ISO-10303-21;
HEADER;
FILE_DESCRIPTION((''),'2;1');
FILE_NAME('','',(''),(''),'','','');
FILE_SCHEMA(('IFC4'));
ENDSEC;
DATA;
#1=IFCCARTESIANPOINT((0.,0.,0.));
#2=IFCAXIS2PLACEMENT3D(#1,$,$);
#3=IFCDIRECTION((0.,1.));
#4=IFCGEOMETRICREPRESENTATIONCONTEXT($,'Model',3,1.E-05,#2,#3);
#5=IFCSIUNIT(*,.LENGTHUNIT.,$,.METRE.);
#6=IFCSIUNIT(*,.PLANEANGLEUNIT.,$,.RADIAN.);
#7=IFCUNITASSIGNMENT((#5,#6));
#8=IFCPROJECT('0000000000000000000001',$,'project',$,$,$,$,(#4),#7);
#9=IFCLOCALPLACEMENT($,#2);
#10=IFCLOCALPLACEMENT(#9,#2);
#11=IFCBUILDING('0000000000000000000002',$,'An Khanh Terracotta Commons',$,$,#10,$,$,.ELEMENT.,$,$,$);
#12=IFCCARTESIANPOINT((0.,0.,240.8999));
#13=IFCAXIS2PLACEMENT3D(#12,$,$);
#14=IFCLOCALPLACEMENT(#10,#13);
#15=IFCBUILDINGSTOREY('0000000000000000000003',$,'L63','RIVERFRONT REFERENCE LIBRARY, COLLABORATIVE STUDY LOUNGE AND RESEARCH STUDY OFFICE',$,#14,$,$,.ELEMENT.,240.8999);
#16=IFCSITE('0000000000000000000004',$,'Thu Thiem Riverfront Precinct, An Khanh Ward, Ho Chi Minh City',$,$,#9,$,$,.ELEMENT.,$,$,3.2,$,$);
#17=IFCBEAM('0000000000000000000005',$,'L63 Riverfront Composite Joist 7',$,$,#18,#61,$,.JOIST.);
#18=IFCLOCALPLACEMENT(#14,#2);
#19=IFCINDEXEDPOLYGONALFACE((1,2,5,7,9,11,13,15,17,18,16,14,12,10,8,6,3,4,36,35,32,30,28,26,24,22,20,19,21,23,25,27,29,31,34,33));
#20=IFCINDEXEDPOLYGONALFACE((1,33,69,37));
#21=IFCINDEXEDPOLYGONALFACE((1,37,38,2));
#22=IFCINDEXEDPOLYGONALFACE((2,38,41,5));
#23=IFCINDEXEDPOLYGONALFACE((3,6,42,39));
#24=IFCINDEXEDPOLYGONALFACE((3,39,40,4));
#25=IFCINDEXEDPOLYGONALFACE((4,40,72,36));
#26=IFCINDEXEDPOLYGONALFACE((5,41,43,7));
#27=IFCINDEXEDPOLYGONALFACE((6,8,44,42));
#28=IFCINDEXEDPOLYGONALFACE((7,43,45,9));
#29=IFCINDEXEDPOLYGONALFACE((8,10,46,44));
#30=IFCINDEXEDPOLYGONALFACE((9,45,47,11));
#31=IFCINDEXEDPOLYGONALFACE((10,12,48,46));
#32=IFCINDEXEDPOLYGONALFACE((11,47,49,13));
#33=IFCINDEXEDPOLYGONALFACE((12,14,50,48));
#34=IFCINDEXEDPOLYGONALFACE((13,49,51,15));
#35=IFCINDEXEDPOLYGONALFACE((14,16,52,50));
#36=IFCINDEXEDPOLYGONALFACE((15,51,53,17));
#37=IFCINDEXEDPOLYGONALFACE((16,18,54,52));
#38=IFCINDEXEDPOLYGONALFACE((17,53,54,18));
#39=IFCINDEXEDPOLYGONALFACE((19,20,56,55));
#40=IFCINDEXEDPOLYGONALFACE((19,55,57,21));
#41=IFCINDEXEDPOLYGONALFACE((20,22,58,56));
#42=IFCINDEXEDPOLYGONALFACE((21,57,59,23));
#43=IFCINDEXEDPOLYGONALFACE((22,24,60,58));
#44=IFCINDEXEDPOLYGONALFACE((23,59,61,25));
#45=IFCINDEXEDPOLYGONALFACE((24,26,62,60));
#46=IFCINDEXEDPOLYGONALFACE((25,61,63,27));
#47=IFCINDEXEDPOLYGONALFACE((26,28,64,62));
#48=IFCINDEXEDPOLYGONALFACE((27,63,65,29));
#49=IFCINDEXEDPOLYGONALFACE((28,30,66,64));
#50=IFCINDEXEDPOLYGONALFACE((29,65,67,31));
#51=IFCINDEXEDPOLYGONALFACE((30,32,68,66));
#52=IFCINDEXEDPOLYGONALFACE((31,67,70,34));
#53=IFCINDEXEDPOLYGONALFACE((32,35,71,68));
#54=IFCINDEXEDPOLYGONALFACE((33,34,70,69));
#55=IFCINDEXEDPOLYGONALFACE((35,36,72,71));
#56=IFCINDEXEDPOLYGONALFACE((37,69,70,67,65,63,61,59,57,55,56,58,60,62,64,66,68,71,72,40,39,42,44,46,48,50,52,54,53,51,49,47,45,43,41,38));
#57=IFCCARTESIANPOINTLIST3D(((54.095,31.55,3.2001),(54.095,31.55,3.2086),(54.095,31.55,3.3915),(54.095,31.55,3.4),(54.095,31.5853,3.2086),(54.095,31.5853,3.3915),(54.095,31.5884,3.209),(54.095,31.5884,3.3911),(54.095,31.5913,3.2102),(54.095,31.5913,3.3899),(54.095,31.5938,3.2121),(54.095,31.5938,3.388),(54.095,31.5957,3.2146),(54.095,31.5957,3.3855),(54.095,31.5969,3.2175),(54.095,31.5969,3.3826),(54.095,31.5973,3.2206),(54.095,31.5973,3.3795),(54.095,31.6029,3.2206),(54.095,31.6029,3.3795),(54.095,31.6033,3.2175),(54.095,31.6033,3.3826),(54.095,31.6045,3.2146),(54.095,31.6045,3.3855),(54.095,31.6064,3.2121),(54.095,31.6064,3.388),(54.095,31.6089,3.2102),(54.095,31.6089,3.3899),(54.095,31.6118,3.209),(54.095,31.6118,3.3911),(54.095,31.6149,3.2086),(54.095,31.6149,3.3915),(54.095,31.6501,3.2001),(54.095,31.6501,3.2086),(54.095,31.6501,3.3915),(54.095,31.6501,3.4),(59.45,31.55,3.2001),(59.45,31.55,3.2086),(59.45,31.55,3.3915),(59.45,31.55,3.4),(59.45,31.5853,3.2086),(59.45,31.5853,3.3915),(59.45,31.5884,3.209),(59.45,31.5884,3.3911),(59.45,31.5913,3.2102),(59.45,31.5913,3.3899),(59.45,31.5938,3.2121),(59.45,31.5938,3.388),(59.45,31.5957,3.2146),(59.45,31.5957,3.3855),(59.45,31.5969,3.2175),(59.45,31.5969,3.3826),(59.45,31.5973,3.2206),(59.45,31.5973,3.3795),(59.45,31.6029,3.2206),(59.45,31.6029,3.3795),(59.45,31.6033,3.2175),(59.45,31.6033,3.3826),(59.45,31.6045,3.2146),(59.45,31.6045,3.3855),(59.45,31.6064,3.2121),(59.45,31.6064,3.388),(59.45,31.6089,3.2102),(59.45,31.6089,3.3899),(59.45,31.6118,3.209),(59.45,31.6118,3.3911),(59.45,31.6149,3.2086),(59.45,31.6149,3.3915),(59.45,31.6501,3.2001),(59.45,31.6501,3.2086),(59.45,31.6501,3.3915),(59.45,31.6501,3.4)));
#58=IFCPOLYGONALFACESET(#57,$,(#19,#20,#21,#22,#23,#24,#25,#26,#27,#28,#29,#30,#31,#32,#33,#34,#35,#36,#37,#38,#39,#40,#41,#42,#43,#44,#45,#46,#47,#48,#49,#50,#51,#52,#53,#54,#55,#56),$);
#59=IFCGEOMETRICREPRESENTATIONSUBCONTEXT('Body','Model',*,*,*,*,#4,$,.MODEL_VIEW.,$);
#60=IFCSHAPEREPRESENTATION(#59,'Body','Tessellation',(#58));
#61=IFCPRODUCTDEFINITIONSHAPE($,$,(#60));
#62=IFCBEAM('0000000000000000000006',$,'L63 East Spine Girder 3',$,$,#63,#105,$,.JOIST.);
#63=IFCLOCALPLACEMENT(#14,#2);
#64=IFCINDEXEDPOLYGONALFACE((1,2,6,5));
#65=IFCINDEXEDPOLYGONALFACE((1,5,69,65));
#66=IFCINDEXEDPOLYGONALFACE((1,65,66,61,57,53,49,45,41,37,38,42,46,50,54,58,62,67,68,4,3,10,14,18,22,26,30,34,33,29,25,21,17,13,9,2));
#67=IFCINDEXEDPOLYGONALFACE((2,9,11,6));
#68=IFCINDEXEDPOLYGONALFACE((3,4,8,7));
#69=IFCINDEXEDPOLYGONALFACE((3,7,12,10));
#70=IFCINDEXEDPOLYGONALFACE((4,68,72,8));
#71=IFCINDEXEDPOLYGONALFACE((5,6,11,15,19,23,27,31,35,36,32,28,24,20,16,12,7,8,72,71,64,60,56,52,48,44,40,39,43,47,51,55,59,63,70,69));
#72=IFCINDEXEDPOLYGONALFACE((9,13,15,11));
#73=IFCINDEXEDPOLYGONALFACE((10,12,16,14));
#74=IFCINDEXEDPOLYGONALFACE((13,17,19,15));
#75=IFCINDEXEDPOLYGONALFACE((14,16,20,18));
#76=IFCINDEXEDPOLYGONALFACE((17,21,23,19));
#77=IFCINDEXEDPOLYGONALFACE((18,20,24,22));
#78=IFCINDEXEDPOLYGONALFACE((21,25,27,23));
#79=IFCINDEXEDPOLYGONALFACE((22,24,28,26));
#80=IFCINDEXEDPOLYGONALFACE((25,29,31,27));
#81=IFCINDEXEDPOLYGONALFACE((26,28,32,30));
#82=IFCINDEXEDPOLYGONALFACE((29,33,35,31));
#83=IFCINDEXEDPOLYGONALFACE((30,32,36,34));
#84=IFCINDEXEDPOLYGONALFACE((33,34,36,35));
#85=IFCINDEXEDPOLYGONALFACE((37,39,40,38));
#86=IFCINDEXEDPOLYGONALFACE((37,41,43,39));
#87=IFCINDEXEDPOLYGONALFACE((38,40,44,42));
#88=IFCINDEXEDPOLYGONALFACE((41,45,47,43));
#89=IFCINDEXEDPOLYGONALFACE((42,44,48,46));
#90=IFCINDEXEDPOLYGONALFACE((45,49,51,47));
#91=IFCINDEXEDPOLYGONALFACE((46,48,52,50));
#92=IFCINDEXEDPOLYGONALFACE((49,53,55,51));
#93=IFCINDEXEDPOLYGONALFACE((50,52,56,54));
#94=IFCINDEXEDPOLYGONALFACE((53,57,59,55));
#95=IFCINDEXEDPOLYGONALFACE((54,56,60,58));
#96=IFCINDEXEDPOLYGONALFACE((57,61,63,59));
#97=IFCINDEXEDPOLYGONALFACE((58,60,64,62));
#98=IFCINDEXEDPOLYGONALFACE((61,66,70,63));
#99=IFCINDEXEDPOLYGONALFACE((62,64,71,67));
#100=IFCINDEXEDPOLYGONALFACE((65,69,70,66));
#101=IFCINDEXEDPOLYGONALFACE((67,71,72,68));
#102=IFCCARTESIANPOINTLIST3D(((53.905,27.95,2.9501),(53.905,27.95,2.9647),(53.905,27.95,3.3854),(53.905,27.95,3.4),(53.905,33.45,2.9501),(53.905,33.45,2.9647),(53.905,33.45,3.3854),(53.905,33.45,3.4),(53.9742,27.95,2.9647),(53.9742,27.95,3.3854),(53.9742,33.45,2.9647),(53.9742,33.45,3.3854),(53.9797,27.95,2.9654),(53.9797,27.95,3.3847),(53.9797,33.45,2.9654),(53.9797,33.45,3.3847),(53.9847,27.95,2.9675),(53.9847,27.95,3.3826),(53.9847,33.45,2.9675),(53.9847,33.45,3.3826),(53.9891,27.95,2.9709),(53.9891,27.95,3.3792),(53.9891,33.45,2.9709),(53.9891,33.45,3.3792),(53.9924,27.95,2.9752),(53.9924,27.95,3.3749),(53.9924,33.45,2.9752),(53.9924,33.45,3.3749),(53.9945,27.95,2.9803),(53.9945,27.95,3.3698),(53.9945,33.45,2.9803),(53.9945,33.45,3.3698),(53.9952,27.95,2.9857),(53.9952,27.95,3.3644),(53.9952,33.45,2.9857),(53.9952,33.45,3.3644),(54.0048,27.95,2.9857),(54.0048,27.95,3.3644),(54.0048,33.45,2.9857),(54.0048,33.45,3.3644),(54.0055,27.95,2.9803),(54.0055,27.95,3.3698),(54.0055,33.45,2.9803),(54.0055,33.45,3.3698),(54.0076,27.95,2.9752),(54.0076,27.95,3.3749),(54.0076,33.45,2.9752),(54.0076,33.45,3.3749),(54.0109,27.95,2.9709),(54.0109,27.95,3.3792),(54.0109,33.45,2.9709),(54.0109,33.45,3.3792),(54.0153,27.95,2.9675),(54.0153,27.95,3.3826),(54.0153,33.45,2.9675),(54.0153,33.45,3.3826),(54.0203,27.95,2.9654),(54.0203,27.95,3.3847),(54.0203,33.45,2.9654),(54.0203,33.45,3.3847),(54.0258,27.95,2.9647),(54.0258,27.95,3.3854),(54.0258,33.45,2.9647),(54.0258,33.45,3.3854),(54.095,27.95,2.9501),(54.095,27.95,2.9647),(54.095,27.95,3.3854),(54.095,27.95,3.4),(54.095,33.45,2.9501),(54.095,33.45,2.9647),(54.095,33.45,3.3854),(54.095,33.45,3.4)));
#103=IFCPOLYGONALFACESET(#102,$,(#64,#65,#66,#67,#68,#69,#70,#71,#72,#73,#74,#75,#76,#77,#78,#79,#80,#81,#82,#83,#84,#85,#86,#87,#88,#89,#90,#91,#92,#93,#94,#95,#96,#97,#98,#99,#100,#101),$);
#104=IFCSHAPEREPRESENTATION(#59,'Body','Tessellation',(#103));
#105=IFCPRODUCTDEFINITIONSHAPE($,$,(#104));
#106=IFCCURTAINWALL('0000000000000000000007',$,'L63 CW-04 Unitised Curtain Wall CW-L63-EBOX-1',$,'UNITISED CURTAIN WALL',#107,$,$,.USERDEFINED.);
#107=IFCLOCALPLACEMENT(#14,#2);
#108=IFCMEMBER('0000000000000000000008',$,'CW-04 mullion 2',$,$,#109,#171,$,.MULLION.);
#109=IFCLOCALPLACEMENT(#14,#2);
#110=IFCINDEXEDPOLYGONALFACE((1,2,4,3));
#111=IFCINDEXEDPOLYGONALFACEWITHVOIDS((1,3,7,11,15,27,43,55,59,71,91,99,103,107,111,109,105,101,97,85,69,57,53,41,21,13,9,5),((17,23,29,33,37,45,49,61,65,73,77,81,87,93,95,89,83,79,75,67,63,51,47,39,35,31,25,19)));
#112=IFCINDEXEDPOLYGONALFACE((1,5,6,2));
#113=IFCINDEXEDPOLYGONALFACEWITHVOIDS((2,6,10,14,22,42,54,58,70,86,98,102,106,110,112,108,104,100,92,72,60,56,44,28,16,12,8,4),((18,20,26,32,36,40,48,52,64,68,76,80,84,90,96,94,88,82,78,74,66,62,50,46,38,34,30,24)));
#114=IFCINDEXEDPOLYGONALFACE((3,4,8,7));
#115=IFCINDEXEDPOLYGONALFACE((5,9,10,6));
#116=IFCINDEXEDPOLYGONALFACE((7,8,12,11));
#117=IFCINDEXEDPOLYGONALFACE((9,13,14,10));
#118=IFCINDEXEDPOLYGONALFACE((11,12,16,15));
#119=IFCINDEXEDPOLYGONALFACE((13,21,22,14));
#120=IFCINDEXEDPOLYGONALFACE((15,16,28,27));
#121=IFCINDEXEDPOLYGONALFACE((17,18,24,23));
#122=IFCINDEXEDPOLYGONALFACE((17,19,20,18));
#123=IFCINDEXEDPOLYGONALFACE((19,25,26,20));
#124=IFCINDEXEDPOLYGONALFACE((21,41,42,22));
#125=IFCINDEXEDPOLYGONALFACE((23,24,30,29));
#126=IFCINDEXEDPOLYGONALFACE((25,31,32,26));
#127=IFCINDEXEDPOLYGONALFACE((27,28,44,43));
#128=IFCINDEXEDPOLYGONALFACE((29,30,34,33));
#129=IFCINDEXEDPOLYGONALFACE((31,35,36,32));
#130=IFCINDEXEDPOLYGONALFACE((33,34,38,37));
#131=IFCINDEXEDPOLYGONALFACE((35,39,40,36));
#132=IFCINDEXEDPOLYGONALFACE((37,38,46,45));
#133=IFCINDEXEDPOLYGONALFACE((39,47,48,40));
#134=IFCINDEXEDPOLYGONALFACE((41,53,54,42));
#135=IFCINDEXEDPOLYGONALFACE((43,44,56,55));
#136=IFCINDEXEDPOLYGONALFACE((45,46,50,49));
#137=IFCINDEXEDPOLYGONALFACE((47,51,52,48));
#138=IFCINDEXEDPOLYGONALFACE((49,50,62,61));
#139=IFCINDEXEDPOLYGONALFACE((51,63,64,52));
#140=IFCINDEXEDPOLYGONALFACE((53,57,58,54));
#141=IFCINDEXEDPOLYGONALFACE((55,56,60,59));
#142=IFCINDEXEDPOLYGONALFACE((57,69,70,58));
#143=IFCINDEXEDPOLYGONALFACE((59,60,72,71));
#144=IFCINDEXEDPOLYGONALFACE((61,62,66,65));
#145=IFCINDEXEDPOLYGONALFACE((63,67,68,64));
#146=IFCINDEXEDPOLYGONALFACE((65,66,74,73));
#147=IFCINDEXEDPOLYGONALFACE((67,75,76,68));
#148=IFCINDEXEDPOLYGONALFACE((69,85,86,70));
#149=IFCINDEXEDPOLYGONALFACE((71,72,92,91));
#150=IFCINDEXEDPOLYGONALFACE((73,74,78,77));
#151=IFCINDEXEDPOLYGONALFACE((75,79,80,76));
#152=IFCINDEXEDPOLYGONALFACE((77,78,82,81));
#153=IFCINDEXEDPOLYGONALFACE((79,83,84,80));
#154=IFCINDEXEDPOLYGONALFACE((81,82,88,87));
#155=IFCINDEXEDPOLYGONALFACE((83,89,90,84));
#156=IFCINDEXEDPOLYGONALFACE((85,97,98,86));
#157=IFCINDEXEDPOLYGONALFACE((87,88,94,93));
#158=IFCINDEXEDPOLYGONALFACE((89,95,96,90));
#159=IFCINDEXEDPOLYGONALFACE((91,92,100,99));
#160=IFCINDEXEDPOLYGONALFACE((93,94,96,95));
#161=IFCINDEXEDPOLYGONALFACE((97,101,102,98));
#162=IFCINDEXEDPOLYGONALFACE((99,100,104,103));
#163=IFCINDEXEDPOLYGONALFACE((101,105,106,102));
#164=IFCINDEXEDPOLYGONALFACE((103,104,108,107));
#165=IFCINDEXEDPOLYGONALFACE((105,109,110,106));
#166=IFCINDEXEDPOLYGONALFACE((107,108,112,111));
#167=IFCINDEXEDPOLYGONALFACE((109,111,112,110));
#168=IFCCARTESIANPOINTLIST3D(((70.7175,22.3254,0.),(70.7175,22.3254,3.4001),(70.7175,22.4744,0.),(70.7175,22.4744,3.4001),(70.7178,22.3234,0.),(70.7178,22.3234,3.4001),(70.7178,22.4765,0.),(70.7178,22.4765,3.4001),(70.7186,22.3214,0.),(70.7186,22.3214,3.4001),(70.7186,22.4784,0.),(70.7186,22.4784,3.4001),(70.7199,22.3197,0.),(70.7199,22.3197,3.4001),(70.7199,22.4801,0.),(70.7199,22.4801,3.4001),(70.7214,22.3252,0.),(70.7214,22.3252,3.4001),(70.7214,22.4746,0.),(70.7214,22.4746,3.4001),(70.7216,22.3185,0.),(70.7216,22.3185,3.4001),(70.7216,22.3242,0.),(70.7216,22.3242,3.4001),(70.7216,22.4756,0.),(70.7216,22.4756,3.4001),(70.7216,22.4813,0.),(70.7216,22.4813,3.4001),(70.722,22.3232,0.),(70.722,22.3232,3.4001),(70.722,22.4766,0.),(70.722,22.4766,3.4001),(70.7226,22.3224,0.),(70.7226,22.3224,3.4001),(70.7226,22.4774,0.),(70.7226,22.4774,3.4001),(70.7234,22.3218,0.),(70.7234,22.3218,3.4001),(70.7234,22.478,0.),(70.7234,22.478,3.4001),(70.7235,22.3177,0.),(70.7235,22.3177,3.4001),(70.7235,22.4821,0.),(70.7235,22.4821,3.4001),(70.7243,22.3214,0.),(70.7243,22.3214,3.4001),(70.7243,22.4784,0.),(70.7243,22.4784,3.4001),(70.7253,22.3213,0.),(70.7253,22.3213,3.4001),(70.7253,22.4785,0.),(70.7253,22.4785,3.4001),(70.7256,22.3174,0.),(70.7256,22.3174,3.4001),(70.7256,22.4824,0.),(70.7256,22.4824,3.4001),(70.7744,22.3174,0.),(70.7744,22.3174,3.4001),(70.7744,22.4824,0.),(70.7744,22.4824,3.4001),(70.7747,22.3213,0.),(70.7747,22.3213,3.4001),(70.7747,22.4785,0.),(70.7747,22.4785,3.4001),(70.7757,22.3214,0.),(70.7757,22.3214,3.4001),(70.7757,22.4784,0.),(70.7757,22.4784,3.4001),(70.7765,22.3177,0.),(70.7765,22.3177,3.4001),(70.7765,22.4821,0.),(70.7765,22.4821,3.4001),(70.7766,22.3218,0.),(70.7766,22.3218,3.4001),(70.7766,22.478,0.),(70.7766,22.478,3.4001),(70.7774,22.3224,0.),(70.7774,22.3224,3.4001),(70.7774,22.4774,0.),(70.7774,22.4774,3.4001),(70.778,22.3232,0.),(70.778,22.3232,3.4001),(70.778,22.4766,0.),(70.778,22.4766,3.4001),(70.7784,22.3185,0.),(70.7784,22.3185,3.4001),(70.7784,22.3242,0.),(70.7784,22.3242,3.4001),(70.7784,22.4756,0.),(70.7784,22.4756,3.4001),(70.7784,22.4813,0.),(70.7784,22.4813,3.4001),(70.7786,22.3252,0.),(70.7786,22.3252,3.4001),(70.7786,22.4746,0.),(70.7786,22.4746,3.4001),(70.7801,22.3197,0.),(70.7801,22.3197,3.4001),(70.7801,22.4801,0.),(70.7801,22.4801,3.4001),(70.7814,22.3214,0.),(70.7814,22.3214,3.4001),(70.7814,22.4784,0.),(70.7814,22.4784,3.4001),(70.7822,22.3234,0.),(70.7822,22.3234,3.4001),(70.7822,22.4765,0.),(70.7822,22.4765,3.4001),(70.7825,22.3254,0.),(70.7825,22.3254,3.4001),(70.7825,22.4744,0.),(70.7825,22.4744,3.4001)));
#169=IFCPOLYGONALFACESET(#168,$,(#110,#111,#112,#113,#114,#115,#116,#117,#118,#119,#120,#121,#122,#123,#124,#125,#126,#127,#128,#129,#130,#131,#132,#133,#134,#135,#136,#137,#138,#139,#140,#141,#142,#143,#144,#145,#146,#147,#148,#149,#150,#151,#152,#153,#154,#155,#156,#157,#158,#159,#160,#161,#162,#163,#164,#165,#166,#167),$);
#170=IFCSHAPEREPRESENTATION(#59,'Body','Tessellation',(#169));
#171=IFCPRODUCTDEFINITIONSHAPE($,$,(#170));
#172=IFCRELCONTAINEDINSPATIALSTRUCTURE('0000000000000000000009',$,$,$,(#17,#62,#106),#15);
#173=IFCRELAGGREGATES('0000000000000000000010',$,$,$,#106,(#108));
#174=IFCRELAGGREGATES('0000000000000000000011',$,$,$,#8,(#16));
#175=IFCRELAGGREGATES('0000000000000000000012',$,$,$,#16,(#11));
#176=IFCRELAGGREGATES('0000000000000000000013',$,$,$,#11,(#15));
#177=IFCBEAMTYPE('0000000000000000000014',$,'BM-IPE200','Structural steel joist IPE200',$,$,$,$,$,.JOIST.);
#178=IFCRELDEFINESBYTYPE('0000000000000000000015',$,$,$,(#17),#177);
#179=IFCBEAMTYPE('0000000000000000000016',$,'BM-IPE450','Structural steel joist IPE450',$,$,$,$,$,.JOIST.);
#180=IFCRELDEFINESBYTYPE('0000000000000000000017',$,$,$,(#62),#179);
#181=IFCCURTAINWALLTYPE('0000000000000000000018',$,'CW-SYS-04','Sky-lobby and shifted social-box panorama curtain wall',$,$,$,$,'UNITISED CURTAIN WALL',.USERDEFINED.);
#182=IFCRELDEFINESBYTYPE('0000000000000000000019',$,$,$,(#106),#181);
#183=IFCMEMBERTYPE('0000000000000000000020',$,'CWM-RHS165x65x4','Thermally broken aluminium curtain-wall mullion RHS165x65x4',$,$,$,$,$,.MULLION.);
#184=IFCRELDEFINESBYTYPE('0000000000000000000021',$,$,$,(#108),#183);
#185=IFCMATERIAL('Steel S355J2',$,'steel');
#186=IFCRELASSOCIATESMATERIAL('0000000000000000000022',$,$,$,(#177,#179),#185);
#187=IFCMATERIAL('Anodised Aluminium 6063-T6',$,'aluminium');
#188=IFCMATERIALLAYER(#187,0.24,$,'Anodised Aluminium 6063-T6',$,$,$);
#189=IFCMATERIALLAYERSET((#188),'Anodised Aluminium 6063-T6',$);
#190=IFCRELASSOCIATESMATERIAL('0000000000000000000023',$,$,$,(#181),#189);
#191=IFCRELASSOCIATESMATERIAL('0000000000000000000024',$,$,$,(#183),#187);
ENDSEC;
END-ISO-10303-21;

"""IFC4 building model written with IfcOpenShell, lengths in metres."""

from ifc_helpers import new_model, si_unit, direction, frame, origin, origin_2d, place, context, subcontext, project, spatial, hollow_rectangle, i_section, extrude, material, layer, layer_set, material_profile, profile_set, type_object, element, aggregate, save


model = new_model("IFC4")

# Units and contexts
model_context = context("Model", 3, precision=1e-05, world=origin(), true_north=direction((0.0, 1.0)))
body_context = subcontext(model_context, "Body", "Model", "MODEL_VIEW")
ifc_project = project(units=[si_unit("LENGTHUNIT", "METRE"), si_unit("PLANEANGLEUNIT", "RADIAN")], contexts=[model_context])

# Site, building, storey
site_placement = place(None, origin())
site = spatial("IfcSite", under=ifc_project, at=site_placement, Name="Thu Thiem Riverfront Precinct, An Khanh Ward, Ho Chi Minh City", CompositionType="ELEMENT", RefElevation=3.2)
building_placement = place(site_placement, origin())
building = spatial("IfcBuilding", under=site, at=building_placement, Name="An Khanh Terracotta Commons", CompositionType="ELEMENT")
storey_placement = place(building_placement, frame((0.0, 0.0, 240.8999)))
storey = spatial("IfcBuildingStorey", under=building, at=storey_placement, Name="L63", Description="RIVERFRONT REFERENCE LIBRARY, COLLABORATIVE STUDY LOUNGE AND RESEARCH STUDY OFFICE", CompositionType="ELEMENT", Elevation=240.8999)

# Beams
ifc_material_1 = material(Name="Steel S355J2", Category="steel")
ifc_material_profile_1 = material_profile(ifc_material_1, i_section(OverallWidth=0.1001, OverallDepth=0.2, WebThickness=0.0056, FlangeThickness=0.0085, FilletRadius=0.012, at=origin_2d()), Name="IPE200")
ifc_profile_set_1 = profile_set([ifc_material_profile_1], Name="Steel S355J2")
beam_type_1 = type_object("IfcBeamType", Name="BM-IPE200", Description="Structural steel joist IPE200", PredefinedType="JOIST", material=ifc_profile_set_1)
for number, where, z_axis, x_axis, name in (
    (1, (54.095, 31.6001, 3.3), (1.0, 0.0, 0.0), (0.0, 1.0, 0.0), "L63 Riverfront Composite Joist 7"),
):
    element("IfcBeam", number, at=place(storey_placement, frame(where, z_axis=z_axis, x_axis=x_axis)), inside=storey, type_object=beam_type_1, Name=name, PredefinedType="JOIST", context=body_context, shape_type="SweptSolid", body=[
        extrude(i_section(OverallWidth=0.1001, OverallDepth=0.2, WebThickness=0.0056, FlangeThickness=0.0085, FilletRadius=0.012, at=origin_2d()), origin(), (0.0, 0.0, 1.0), 5.355),
    ])
ifc_material_profile_2 = material_profile(ifc_material_1, i_section(OverallWidth=0.1899, OverallDepth=0.45, WebThickness=0.0095, FlangeThickness=0.0146, FilletRadius=0.021, at=origin_2d()), Name="IPE450")
ifc_profile_set_2 = profile_set([ifc_material_profile_2], Name="Steel S355J2")
beam_type_2 = type_object("IfcBeamType", Name="BM-IPE450", Description="Structural steel joist IPE450", PredefinedType="JOIST", material=ifc_profile_set_2)
beam_1_placement = place(storey_placement, frame((54.0, 27.95, 3.175), z_axis=(0.0, 1.0, 0.0), x_axis=(-1.0, 0.0, 0.0)))
element("IfcBeam", 2, at=beam_1_placement, inside=storey, type_object=beam_type_2, Name="L63 East Spine Girder 3", PredefinedType="JOIST", context=body_context, shape_type="SweptSolid", body=[
    extrude(i_section(OverallWidth=0.1899, OverallDepth=0.45, WebThickness=0.0095, FlangeThickness=0.0146, FilletRadius=0.021, at=origin_2d()), origin(), (0.0, 0.0, 1.0), 5.5),
])

# Curtain wall, member
ifc_material_2 = material(Name="Anodised Aluminium 6063-T6", Category="aluminium")
ifc_layer_1 = layer(ifc_material_2, 0.24, Name="Anodised Aluminium 6063-T6")
ifc_layer_set_1 = layer_set([ifc_layer_1], Name="Anodised Aluminium 6063-T6")
curtain_wall_type = type_object("IfcCurtainWallType", Name="CW-SYS-04", Description="Sky-lobby and shifted social-box panorama curtain wall", ElementType="UNITISED CURTAIN WALL", PredefinedType="USERDEFINED", material=ifc_layer_set_1)
curtain_wall_1_placement = place(storey_placement, origin())
curtain_wall_1 = element("IfcCurtainWall", 3, at=curtain_wall_1_placement, inside=storey, type_object=curtain_wall_type, Name="L63 CW-04 Unitised Curtain Wall CW-L63-EBOX-1", ObjectType="UNITISED CURTAIN WALL", PredefinedType="USERDEFINED")
ifc_material_profile_3 = material_profile(ifc_material_2, hollow_rectangle(XDim=0.0649, YDim=0.165, WallThickness=0.0039, InnerFilletRadius=0.0039, OuterFilletRadius=0.0081, at=origin_2d()), Name="RHS165x65x4")
ifc_profile_set_3 = profile_set([ifc_material_profile_3], Name="Anodised Aluminium 6063-T6")
member_type_1 = type_object("IfcMemberType", Name="CWM-RHS165x65x4", Description="Thermally broken aluminium curtain-wall mullion RHS165x65x4", PredefinedType="MULLION", material=ifc_profile_set_3)
member_1_placement = place(storey_placement, frame((70.75, 22.3999, 0.0), z_axis=(0.0, 0.0, 1.0), x_axis=(-1.0, 0.0, 0.0)))
member_1 = element("IfcMember", 4, at=member_1_placement, type_object=member_type_1, Name="CW-04 mullion 2", PredefinedType="MULLION", context=body_context, shape_type="SweptSolid", body=[
    extrude(hollow_rectangle(XDim=0.0649, YDim=0.165, WallThickness=0.0039, InnerFilletRadius=0.0039, OuterFilletRadius=0.0081, at=origin_2d()), origin(), (0.0, 0.0, 1.0), 3.4001),
])

aggregate(curtain_wall_1, [member_1])

save(model, "model.ifc")
